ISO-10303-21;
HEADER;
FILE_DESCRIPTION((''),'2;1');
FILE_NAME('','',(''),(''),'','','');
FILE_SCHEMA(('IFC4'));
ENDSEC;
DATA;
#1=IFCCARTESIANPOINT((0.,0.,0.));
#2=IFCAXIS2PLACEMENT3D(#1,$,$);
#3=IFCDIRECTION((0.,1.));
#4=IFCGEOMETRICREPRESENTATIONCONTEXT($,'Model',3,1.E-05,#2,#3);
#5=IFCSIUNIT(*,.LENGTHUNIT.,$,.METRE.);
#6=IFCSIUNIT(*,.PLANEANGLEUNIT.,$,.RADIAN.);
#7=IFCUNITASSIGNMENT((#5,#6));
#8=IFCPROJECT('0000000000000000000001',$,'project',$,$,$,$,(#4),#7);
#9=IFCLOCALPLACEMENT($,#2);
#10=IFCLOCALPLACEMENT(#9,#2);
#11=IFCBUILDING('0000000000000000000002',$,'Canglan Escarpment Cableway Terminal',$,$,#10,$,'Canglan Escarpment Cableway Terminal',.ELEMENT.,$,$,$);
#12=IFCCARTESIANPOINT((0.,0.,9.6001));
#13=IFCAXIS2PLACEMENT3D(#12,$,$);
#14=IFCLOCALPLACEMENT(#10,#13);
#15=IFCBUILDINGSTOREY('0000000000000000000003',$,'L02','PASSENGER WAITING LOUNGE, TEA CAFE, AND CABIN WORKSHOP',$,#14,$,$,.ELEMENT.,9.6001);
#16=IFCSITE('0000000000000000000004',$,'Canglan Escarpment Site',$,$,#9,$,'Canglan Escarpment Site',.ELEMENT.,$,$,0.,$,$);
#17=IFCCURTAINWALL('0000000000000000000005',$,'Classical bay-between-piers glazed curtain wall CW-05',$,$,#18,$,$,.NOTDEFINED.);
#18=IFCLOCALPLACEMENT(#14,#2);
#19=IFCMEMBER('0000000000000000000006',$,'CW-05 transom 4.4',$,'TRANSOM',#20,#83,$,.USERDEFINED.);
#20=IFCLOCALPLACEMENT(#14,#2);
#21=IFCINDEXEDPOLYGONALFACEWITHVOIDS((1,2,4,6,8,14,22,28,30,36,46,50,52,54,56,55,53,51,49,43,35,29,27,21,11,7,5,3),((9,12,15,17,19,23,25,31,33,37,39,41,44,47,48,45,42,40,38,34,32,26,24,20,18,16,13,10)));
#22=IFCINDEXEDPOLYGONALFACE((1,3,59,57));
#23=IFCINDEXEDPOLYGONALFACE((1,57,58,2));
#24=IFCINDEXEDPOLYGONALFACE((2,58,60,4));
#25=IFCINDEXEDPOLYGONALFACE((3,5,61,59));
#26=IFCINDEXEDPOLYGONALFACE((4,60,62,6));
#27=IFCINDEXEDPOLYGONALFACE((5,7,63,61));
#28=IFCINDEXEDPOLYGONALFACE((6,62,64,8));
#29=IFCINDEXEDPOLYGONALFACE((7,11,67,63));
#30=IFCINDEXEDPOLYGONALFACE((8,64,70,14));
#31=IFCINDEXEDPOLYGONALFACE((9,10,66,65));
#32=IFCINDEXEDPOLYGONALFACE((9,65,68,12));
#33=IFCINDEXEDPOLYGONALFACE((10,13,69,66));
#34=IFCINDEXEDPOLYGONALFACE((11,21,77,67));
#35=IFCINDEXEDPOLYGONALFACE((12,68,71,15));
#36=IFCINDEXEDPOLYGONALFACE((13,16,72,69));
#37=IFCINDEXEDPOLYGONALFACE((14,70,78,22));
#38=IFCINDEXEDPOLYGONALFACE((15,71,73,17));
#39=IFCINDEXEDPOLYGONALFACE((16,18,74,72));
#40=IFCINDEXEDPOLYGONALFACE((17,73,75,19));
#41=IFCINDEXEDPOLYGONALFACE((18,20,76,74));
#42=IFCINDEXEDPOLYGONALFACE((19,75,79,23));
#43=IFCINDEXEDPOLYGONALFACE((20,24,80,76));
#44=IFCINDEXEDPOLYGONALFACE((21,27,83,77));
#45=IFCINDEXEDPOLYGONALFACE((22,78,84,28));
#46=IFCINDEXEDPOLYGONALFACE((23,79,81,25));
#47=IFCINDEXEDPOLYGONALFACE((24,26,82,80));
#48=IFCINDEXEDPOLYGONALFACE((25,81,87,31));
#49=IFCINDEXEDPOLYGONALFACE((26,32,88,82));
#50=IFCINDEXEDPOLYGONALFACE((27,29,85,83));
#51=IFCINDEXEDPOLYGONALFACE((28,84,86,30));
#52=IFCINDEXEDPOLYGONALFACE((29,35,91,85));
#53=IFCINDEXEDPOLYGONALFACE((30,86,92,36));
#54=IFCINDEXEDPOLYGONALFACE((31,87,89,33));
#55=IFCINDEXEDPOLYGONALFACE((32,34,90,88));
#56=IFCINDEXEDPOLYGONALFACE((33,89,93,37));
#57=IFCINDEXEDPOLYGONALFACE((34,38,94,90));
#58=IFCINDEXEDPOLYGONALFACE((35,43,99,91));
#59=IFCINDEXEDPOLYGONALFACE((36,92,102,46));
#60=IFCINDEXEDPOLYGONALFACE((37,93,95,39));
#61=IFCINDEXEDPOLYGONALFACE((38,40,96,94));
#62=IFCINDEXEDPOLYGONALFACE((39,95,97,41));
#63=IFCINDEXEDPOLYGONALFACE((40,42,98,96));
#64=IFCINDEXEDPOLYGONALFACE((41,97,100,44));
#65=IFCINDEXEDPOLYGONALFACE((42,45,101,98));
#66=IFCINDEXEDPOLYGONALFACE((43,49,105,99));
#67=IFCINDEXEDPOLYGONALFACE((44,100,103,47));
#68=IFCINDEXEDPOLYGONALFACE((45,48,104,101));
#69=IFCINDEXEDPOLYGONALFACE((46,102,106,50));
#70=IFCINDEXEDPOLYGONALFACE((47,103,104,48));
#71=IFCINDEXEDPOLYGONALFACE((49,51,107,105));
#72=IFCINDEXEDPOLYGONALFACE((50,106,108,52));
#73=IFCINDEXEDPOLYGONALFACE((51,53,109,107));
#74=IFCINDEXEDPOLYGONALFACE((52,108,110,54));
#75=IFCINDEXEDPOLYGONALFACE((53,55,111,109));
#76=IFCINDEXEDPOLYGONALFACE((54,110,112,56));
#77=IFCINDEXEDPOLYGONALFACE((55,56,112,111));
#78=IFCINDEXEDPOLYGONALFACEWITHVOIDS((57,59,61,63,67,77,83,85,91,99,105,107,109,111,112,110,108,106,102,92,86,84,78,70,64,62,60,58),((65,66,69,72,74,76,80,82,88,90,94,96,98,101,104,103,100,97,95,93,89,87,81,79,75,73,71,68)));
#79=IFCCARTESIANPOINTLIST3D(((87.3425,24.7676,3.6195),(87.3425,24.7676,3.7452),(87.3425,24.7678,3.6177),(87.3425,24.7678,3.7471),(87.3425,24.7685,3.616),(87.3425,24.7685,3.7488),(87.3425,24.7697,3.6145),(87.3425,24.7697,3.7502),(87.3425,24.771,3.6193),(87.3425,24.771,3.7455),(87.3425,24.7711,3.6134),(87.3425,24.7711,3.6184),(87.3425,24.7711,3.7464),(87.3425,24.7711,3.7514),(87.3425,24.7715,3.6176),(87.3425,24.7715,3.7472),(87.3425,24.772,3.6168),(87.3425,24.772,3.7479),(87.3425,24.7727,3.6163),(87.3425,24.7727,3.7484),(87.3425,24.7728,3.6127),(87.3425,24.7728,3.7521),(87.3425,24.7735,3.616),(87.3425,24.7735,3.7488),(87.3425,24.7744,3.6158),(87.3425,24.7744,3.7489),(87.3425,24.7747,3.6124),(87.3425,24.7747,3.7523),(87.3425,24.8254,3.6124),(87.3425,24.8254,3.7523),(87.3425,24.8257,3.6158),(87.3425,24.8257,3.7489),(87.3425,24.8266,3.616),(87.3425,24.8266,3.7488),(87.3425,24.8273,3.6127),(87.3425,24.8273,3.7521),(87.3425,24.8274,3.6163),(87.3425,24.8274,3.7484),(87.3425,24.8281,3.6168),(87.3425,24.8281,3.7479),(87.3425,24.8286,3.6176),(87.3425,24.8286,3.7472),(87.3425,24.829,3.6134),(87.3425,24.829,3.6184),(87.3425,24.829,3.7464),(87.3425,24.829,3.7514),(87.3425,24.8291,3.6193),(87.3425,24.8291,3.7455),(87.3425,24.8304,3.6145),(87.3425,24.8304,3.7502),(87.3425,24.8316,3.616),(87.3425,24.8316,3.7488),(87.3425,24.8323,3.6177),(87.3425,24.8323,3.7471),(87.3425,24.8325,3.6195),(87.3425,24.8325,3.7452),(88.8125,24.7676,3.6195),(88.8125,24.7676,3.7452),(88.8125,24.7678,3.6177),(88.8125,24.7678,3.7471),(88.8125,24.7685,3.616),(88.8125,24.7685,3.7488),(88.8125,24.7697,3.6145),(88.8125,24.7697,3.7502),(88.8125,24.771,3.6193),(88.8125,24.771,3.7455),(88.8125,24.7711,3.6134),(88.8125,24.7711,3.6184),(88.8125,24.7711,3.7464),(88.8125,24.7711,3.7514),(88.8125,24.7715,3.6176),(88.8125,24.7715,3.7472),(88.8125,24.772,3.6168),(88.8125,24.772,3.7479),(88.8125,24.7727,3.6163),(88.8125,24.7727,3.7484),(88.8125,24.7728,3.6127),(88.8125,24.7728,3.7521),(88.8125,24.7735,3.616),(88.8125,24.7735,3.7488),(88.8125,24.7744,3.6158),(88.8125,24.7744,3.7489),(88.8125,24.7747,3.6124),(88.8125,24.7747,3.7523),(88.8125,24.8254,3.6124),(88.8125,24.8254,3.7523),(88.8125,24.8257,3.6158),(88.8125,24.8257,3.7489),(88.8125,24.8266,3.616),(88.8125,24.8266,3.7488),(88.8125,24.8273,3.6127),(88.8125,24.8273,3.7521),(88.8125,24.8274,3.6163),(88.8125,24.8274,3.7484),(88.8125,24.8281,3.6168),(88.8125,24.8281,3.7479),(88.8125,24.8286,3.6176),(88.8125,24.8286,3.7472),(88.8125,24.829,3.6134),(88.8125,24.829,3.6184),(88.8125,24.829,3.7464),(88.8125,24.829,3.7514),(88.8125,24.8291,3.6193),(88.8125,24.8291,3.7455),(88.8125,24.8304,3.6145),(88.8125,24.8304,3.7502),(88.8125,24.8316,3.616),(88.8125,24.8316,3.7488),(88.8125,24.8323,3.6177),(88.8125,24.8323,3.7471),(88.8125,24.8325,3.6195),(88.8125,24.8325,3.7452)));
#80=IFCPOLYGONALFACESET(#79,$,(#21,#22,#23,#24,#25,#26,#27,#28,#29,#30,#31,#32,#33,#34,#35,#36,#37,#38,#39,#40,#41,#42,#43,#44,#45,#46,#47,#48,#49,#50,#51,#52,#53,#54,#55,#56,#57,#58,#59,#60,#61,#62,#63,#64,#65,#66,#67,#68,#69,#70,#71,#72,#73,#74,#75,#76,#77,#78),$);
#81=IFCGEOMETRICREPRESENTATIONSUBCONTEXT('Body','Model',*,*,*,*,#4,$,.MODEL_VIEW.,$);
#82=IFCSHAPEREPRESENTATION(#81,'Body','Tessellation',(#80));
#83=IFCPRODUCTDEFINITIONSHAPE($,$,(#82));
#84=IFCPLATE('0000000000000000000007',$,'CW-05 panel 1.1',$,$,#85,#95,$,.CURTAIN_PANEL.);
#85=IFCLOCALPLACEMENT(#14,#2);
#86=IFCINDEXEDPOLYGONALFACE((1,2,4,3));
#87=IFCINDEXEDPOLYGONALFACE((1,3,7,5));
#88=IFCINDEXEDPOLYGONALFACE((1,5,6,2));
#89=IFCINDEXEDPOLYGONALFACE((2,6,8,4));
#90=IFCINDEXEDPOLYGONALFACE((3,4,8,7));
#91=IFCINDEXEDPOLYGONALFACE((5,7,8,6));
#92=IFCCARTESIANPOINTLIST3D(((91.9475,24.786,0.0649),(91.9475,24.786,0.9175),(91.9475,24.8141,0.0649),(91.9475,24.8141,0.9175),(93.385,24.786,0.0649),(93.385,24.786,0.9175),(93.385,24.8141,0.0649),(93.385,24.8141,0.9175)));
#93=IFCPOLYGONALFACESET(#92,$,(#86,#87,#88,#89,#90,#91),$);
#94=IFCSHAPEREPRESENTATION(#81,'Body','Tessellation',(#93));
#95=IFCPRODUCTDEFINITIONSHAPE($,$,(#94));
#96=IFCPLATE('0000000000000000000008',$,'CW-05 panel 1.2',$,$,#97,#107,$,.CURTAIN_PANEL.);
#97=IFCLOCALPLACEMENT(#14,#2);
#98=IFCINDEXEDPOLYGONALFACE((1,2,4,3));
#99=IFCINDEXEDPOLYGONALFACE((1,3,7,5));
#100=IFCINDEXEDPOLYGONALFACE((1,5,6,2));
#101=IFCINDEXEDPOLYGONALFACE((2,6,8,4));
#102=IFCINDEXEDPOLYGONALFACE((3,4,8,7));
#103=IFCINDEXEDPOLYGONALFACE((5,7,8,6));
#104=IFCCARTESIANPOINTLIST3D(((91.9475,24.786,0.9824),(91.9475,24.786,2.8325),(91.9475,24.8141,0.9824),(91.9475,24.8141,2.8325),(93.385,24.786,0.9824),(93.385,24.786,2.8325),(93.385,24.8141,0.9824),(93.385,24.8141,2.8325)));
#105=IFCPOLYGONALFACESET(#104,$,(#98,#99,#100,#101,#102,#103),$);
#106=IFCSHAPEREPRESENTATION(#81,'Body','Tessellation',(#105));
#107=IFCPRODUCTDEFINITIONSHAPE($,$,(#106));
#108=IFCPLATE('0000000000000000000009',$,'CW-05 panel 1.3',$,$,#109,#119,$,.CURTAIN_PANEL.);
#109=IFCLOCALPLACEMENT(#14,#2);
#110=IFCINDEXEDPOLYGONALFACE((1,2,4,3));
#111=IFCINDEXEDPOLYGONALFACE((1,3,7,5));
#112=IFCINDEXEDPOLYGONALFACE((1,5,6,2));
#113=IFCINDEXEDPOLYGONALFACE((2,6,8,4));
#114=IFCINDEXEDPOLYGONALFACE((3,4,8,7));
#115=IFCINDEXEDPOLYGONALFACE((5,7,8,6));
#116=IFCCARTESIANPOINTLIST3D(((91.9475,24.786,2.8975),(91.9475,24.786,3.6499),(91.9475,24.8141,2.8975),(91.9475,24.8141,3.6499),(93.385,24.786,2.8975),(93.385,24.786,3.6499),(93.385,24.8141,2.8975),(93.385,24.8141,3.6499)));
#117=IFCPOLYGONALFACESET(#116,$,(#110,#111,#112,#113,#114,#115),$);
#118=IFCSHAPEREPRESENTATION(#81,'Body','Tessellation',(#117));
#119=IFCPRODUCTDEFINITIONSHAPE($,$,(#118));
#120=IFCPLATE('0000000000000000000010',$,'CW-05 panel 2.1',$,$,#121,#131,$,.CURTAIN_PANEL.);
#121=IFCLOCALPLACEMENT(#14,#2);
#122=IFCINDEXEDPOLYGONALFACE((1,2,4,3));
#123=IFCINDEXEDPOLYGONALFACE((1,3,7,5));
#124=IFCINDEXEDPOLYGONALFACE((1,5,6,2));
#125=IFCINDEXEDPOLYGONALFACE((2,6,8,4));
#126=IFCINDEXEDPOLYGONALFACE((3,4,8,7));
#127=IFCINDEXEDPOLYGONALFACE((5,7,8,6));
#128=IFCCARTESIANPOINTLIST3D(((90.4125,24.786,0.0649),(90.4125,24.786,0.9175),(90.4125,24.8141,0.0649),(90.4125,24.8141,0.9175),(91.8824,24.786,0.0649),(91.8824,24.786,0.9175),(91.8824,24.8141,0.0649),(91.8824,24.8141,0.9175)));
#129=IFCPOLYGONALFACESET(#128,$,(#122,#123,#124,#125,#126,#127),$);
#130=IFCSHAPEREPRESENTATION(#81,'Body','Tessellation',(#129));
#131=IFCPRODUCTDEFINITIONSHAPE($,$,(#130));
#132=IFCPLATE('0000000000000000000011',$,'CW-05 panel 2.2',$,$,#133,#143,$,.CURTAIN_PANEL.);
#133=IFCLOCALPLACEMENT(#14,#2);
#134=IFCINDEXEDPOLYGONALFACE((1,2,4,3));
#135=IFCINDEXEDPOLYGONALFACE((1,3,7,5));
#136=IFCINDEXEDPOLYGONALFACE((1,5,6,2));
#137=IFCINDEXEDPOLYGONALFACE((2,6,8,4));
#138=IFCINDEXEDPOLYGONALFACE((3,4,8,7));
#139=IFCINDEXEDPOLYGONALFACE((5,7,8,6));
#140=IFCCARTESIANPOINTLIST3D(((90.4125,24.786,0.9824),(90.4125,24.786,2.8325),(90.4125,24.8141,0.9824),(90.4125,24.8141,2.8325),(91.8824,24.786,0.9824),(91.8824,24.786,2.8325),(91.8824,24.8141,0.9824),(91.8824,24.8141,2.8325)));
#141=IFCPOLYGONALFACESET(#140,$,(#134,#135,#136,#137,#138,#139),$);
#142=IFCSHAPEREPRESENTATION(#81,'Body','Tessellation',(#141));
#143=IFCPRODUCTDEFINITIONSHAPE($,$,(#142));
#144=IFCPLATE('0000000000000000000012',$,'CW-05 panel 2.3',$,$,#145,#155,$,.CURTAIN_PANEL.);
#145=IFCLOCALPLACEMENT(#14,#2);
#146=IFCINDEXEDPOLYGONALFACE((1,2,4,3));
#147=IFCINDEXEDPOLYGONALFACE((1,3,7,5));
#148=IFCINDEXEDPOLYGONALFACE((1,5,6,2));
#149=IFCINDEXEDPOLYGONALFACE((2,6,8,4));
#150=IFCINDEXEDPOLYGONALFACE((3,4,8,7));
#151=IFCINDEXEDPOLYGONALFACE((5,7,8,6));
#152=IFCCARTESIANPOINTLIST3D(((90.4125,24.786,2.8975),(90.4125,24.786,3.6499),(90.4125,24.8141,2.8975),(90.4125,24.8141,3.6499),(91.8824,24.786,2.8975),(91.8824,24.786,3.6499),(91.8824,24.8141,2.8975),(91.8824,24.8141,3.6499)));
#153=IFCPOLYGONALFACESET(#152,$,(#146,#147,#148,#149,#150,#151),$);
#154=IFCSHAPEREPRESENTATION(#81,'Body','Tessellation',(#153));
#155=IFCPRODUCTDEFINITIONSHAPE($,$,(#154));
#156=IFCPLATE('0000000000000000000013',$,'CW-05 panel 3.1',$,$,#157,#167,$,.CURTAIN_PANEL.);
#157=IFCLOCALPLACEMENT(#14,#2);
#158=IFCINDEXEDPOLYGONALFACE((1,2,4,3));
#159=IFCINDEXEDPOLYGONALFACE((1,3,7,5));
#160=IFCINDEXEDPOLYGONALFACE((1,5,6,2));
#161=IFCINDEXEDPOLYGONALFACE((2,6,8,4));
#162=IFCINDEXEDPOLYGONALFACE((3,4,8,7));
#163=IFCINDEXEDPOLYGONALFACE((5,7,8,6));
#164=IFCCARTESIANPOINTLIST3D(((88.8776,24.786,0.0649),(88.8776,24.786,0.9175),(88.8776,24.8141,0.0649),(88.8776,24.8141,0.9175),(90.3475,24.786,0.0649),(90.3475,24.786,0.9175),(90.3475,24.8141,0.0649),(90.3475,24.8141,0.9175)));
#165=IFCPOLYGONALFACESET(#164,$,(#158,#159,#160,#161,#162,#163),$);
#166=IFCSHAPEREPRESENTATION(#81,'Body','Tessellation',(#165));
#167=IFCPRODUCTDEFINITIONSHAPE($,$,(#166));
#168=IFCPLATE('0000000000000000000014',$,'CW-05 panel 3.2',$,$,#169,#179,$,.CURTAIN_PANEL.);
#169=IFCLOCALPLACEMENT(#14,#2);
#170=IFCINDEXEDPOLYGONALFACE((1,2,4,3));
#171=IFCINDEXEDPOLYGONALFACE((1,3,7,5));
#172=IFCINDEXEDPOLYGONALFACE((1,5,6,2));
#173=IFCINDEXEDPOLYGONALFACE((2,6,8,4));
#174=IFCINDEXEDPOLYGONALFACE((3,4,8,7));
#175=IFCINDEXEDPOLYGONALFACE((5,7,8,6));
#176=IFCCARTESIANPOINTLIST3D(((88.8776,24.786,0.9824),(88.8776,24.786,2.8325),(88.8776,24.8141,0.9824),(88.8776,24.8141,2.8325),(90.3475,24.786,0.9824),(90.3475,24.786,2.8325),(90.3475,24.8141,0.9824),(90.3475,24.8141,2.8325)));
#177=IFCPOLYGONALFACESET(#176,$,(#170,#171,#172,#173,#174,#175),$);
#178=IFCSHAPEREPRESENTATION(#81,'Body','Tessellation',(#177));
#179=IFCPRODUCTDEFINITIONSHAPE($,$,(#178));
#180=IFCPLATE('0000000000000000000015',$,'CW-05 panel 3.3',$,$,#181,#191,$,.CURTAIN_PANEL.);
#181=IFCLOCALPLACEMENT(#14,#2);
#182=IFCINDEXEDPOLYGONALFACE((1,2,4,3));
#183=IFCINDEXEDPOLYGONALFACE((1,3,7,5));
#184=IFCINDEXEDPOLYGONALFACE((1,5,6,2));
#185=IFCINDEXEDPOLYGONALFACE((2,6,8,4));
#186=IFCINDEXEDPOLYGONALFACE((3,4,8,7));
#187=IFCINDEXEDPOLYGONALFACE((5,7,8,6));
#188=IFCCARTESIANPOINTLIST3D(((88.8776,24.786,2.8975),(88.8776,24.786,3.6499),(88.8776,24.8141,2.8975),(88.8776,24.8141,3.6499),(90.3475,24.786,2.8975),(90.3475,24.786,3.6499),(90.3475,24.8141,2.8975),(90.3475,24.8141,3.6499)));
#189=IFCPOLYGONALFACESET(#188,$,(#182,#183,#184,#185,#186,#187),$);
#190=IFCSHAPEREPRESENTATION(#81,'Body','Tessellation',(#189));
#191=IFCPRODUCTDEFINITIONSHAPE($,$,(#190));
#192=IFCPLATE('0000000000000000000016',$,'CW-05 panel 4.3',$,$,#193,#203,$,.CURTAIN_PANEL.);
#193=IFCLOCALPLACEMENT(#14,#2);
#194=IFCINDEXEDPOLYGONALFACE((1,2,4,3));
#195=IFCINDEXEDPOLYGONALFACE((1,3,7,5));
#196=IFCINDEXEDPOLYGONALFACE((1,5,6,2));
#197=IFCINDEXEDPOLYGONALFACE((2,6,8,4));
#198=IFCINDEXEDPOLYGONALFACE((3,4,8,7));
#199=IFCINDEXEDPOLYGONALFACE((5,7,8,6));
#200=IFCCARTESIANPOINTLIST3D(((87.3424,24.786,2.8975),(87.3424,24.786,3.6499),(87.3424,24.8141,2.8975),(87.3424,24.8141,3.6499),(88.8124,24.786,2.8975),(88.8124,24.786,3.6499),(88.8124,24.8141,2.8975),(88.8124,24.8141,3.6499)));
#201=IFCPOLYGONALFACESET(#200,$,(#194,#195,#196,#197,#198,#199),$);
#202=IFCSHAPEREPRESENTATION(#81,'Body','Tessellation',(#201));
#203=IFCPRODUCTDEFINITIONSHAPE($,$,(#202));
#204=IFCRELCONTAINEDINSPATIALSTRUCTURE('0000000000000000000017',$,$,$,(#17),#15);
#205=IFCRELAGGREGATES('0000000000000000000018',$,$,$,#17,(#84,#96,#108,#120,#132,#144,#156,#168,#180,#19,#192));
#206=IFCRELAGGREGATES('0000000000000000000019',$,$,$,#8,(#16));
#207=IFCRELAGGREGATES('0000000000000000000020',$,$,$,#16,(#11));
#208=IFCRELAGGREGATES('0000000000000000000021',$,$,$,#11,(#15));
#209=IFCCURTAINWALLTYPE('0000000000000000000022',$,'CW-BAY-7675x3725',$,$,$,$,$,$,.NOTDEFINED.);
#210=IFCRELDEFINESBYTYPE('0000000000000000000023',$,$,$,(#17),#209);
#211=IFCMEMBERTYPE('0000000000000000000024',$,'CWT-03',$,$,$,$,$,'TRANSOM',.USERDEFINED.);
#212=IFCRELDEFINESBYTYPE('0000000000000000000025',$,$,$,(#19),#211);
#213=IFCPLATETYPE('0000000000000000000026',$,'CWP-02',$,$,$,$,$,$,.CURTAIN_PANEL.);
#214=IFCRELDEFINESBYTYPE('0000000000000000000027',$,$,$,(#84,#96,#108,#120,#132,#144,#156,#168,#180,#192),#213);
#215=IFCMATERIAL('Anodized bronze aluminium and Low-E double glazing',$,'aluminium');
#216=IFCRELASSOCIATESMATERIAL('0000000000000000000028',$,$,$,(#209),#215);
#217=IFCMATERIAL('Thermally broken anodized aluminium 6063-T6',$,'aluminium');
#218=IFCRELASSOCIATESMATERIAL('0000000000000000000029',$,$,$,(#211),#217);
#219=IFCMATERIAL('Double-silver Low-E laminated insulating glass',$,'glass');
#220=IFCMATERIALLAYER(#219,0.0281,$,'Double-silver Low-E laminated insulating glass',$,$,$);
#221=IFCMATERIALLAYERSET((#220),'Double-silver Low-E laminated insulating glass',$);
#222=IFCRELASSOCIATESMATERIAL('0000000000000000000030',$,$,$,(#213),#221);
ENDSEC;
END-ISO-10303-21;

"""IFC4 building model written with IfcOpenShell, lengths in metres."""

from ifc_helpers import new_model, si_unit, direction, frame, origin, origin_2d, place, context, subcontext, project, spatial, rectangle, hollow_rectangle, extrude, material, layer, layer_set, material_profile, profile_set, type_object, element, aggregate, save


model = new_model("IFC4")

# Units and contexts
model_context = context("Model", 3, precision=1e-05, world=origin(), true_north=direction((0.0, 1.0)))
body_context = subcontext(model_context, "Body", "Model", "MODEL_VIEW")
ifc_project = project(units=[si_unit("LENGTHUNIT", "METRE"), si_unit("PLANEANGLEUNIT", "RADIAN")], contexts=[model_context])

# Site, building, storey
site_placement = place(None, origin())
site = spatial("IfcSite", under=ifc_project, at=site_placement, Name="Canglan Escarpment Site", LongName="Canglan Escarpment Site", CompositionType="ELEMENT", RefElevation=0.0)
building_placement = place(site_placement, origin())
building = spatial("IfcBuilding", under=site, at=building_placement, Name="Canglan Escarpment Cableway Terminal", LongName="Canglan Escarpment Cableway Terminal", CompositionType="ELEMENT")
storey_placement = place(building_placement, frame((0.0, 0.0, 9.6001)))
storey = spatial("IfcBuildingStorey", under=building, at=storey_placement, Name="L02", Description="PASSENGER WAITING LOUNGE, TEA CAFE, AND CABIN WORKSHOP", CompositionType="ELEMENT", Elevation=9.6001)

# Curtain wall, member, plates
ifc_material_1 = material(Name="Anodized bronze aluminium and Low-E double glazing", Category="aluminium")
curtain_wall_type = type_object("IfcCurtainWallType", Name="CW-BAY-7675x3725", PredefinedType="NOTDEFINED", material=ifc_material_1)
curtain_wall_placement = place(storey_placement, origin())
curtain_wall = element("IfcCurtainWall", 1, at=curtain_wall_placement, inside=storey, type_object=curtain_wall_type, Name="Classical bay-between-piers glazed curtain wall CW-05", PredefinedType="NOTDEFINED")
ifc_material_2 = material(Name="Thermally broken anodized aluminium 6063-T6", Category="aluminium")
ifc_material_profile_1 = material_profile(ifc_material_2, hollow_rectangle(XDim=0.0649, YDim=0.1399, WallThickness=0.0034, InnerFilletRadius=0.0034, OuterFilletRadius=0.0071, at=origin_2d()), Name="ALU-TRAN 65x140x3.5")
ifc_profile_set_1 = profile_set([ifc_material_profile_1], Name="Thermally broken anodized aluminium 6063-T6")
member_type_1 = type_object("IfcMemberType", Name="CWT-03", ElementType="TRANSOM", PredefinedType="USERDEFINED", material=ifc_profile_set_1)
member_1_placement = place(storey_placement, frame((88.8125, 24.8, 3.6824), z_axis=(-1.0, 0.0, 0.0), x_axis=(0.0, -1.0, 0.0)))
member_1 = element("IfcMember", 2, at=member_1_placement, type_object=member_type_1, Name="CW-05 transom 4.4", ObjectType="TRANSOM", PredefinedType="USERDEFINED", context=body_context, shape_type="SweptSolid", body=[
    extrude(hollow_rectangle(XDim=0.0649, YDim=0.1399, WallThickness=0.0034, InnerFilletRadius=0.0034, OuterFilletRadius=0.0071, at=origin_2d()), origin(), (0.0, 0.0, 1.0), 1.47),
])
ifc_material_3 = material(Name="Double-silver Low-E laminated insulating glass", Category="glass")
ifc_layer = layer(ifc_material_3, 0.0281, Name="Double-silver Low-E laminated insulating glass")
ifc_layer_set = layer_set([ifc_layer], Name="Double-silver Low-E laminated insulating glass")
plate_type = type_object("IfcPlateType", Name="CWP-02", PredefinedType="CURTAIN_PANEL", material=ifc_layer_set)
plate_1_placement = place(storey_placement, frame((92.6663, 24.8, 0.0649), z_axis=(0.0, 0.0, 1.0), x_axis=(-1.0, 0.0, 0.0)))
plate_1 = element("IfcPlate", 3, at=plate_1_placement, type_object=plate_type, Name="CW-05 panel 1.1", PredefinedType="CURTAIN_PANEL", context=body_context, shape_type="SweptSolid", body=[
    extrude(rectangle(XDim=1.4375, YDim=0.0281, at=origin_2d()), origin(), (0.0, 0.0, 1.0), 0.8525),
])
plate_2_placement = place(storey_placement, frame((92.6663, 24.8, 0.9824), z_axis=(0.0, 0.0, 1.0), x_axis=(-1.0, 0.0, 0.0)))
plate_2 = element("IfcPlate", 4, at=plate_2_placement, type_object=plate_type, Name="CW-05 panel 1.2", PredefinedType="CURTAIN_PANEL", context=body_context, shape_type="SweptSolid", body=[
    extrude(rectangle(XDim=1.4375, YDim=0.0281, at=origin_2d()), origin(), (0.0, 0.0, 1.0), 1.8501),
])
plate_3_placement = place(storey_placement, frame((92.6663, 24.8, 2.8975), z_axis=(0.0, 0.0, 1.0), x_axis=(-1.0, 0.0, 0.0)))
plate_3 = element("IfcPlate", 5, at=plate_3_placement, type_object=plate_type, Name="CW-05 panel 1.3", PredefinedType="CURTAIN_PANEL", context=body_context, shape_type="SweptSolid", body=[
    extrude(rectangle(XDim=1.4375, YDim=0.0281, at=origin_2d()), origin(), (0.0, 0.0, 1.0), 0.7524),
])
plate_4_placement = place(storey_placement, frame((91.1475, 24.8, 0.0649), z_axis=(0.0, 0.0, 1.0), x_axis=(-1.0, 0.0, 0.0)))
plate_4 = element("IfcPlate", 6, at=plate_4_placement, type_object=plate_type, Name="CW-05 panel 2.1", PredefinedType="CURTAIN_PANEL", context=body_context, shape_type="SweptSolid", body=[
    extrude(rectangle(XDim=1.47, YDim=0.0281, at=origin_2d()), origin(), (0.0, 0.0, 1.0), 0.8525),
])
plate_5_placement = place(storey_placement, frame((91.1475, 24.8, 0.9824), z_axis=(0.0, 0.0, 1.0), x_axis=(-1.0, 0.0, 0.0)))
plate_5 = element("IfcPlate", 7, at=plate_5_placement, type_object=plate_type, Name="CW-05 panel 2.2", PredefinedType="CURTAIN_PANEL", context=body_context, shape_type="SweptSolid", body=[
    extrude(rectangle(XDim=1.47, YDim=0.0281, at=origin_2d()), origin(), (0.0, 0.0, 1.0), 1.8501),
])
plate_6_placement = place(storey_placement, frame((91.1475, 24.8, 2.8975), z_axis=(0.0, 0.0, 1.0), x_axis=(-1.0, 0.0, 0.0)))
plate_6 = element("IfcPlate", 8, at=plate_6_placement, type_object=plate_type, Name="CW-05 panel 2.3", PredefinedType="CURTAIN_PANEL", context=body_context, shape_type="SweptSolid", body=[
    extrude(rectangle(XDim=1.47, YDim=0.0281, at=origin_2d()), origin(), (0.0, 0.0, 1.0), 0.7524),
])
plate_7_placement = place(storey_placement, frame((89.6125, 24.8, 0.0649), z_axis=(0.0, 0.0, 1.0), x_axis=(-1.0, 0.0, 0.0)))
plate_7 = element("IfcPlate", 9, at=plate_7_placement, type_object=plate_type, Name="CW-05 panel 3.1", PredefinedType="CURTAIN_PANEL", context=body_context, shape_type="SweptSolid", body=[
    extrude(rectangle(XDim=1.47, YDim=0.0281, at=origin_2d()), origin(), (0.0, 0.0, 1.0), 0.8525),
])
plate_8_placement = place(storey_placement, frame((89.6125, 24.8, 0.9824), z_axis=(0.0, 0.0, 1.0), x_axis=(-1.0, 0.0, 0.0)))
plate_8 = element("IfcPlate", 10, at=plate_8_placement, type_object=plate_type, Name="CW-05 panel 3.2", PredefinedType="CURTAIN_PANEL", context=body_context, shape_type="SweptSolid", body=[
    extrude(rectangle(XDim=1.47, YDim=0.0281, at=origin_2d()), origin(), (0.0, 0.0, 1.0), 1.8501),
])
plate_9_placement = place(storey_placement, frame((89.6125, 24.8, 2.8975), z_axis=(0.0, 0.0, 1.0), x_axis=(-1.0, 0.0, 0.0)))
plate_9 = element("IfcPlate", 11, at=plate_9_placement, type_object=plate_type, Name="CW-05 panel 3.3", PredefinedType="CURTAIN_PANEL", context=body_context, shape_type="SweptSolid", body=[
    extrude(rectangle(XDim=1.47, YDim=0.0281, at=origin_2d()), origin(), (0.0, 0.0, 1.0), 0.7524),
])
plate_10_placement = place(storey_placement, frame((88.0774, 24.8, 2.8975), z_axis=(0.0, 0.0, 1.0), x_axis=(-1.0, 0.0, 0.0)))
plate_10 = element("IfcPlate", 12, at=plate_10_placement, type_object=plate_type, Name="CW-05 panel 4.3", PredefinedType="CURTAIN_PANEL", context=body_context, shape_type="SweptSolid", body=[
    extrude(rectangle(XDim=1.47, YDim=0.0281, at=origin_2d()), origin(), (0.0, 0.0, 1.0), 0.7524),
])
aggregate(curtain_wall, [plate_1, plate_2, plate_3, plate_4, plate_5, plate_6, plate_7, plate_8, plate_9, member_1, plate_10])

save(model, "model.ifc")
